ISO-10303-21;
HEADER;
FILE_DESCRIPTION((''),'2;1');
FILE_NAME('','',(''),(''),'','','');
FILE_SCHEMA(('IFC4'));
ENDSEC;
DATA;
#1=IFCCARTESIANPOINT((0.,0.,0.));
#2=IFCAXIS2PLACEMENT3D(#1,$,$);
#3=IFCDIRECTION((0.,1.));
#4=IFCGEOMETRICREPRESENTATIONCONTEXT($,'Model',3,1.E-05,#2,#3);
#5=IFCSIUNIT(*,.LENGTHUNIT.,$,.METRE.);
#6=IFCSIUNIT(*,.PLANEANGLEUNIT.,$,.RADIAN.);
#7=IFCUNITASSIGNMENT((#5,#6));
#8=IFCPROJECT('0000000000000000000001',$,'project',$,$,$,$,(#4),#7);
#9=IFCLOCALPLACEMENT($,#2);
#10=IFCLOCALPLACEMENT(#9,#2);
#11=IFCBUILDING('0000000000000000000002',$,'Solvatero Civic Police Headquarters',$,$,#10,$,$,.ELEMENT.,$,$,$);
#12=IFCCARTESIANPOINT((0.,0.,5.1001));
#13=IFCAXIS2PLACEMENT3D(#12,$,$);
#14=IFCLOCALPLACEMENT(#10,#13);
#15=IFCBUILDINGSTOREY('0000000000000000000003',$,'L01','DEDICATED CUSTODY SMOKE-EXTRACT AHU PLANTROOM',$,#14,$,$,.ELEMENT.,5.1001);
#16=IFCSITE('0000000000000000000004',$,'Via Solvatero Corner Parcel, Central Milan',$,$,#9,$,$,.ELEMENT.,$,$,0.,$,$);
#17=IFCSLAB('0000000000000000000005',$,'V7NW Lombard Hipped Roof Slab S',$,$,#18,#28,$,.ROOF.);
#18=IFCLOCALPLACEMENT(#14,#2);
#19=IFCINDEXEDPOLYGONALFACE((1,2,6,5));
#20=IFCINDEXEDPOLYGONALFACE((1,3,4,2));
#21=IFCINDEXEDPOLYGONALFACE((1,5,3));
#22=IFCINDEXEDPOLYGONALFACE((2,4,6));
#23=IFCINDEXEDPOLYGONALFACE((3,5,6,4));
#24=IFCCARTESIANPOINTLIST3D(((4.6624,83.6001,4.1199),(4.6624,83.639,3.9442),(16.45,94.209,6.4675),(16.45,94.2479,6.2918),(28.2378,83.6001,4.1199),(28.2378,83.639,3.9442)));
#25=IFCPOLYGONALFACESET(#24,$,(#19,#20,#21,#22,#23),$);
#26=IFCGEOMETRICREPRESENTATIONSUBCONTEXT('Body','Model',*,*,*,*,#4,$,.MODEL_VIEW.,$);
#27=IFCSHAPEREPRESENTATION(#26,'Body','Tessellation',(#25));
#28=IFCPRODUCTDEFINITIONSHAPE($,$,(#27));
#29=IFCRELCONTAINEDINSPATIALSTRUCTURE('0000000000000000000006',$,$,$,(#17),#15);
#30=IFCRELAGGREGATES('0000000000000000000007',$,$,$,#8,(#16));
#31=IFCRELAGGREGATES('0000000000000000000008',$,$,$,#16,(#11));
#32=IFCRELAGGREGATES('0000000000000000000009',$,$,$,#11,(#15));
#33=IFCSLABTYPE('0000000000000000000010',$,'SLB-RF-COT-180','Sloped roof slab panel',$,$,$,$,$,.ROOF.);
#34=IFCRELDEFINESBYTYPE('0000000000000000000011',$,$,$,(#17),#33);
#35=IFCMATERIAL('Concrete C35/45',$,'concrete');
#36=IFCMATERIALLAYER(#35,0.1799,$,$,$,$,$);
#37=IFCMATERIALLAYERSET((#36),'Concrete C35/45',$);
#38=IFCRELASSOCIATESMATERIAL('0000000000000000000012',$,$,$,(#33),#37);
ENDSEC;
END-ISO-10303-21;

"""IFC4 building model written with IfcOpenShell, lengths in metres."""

from ifc_helpers import new_model, si_unit, direction, frame, origin, place, context, subcontext, project, spatial, polyline, outline, extrude, material, layer, layer_set, type_object, element, save


model = new_model("IFC4")

# Units and contexts
model_context = context("Model", 3, precision=1e-05, world=origin(), true_north=direction((0.0, 1.0)))
body_context = subcontext(model_context, "Body", "Model", "MODEL_VIEW")
ifc_project = project(units=[si_unit("LENGTHUNIT", "METRE"), si_unit("PLANEANGLEUNIT", "RADIAN")], contexts=[model_context])

# Site, building, storey
site_placement = place(None, origin())
site = spatial("IfcSite", under=ifc_project, at=site_placement, Name="Via Solvatero Corner Parcel, Central Milan", CompositionType="ELEMENT", RefElevation=0.0)
building_placement = place(site_placement, origin())
building = spatial("IfcBuilding", under=site, at=building_placement, Name="Solvatero Civic Police Headquarters", CompositionType="ELEMENT")
storey_placement = place(building_placement, frame((0.0, 0.0, 5.1001)))
storey = spatial("IfcBuildingStorey", under=building, at=storey_placement, Name="L01", Description="DEDICATED CUSTODY SMOKE-EXTRACT AHU PLANTROOM", CompositionType="ELEMENT", Elevation=5.1001)

# Slab
ifc_material_1 = material(Name="Concrete C35/45", Category="concrete")
ifc_layer_1 = layer(ifc_material_1, 0.1799)
ifc_layer_set_1 = layer_set([ifc_layer_1], Name="Concrete C35/45")
slab_type = type_object("IfcSlabType", Name="SLB-RF-COT-180", Description="Sloped roof slab panel", PredefinedType="ROOF", material=ifc_layer_set_1)
slab_placement = place(storey_placement, frame((28.2378, 83.6001, 4.1199), z_axis=(0.0, -0.216064, 0.976379), x_axis=(-1.0, 0.0, 0.0)))
element("IfcSlab", 1, at=slab_placement, inside=storey, type_object=slab_type, Name="V7NW Lombard Hipped Roof Slab S", PredefinedType="ROOF", context=body_context, shape_type="SweptSolid", body=[
    extrude(outline(polyline([(0.0, 0.0), (23.5754, 0.0), (11.7878, -10.8655), (0.0, 0.0)])), origin(), (0.0, 0.0, -1.0), 0.1799),
])

save(model, "model.ifc")
